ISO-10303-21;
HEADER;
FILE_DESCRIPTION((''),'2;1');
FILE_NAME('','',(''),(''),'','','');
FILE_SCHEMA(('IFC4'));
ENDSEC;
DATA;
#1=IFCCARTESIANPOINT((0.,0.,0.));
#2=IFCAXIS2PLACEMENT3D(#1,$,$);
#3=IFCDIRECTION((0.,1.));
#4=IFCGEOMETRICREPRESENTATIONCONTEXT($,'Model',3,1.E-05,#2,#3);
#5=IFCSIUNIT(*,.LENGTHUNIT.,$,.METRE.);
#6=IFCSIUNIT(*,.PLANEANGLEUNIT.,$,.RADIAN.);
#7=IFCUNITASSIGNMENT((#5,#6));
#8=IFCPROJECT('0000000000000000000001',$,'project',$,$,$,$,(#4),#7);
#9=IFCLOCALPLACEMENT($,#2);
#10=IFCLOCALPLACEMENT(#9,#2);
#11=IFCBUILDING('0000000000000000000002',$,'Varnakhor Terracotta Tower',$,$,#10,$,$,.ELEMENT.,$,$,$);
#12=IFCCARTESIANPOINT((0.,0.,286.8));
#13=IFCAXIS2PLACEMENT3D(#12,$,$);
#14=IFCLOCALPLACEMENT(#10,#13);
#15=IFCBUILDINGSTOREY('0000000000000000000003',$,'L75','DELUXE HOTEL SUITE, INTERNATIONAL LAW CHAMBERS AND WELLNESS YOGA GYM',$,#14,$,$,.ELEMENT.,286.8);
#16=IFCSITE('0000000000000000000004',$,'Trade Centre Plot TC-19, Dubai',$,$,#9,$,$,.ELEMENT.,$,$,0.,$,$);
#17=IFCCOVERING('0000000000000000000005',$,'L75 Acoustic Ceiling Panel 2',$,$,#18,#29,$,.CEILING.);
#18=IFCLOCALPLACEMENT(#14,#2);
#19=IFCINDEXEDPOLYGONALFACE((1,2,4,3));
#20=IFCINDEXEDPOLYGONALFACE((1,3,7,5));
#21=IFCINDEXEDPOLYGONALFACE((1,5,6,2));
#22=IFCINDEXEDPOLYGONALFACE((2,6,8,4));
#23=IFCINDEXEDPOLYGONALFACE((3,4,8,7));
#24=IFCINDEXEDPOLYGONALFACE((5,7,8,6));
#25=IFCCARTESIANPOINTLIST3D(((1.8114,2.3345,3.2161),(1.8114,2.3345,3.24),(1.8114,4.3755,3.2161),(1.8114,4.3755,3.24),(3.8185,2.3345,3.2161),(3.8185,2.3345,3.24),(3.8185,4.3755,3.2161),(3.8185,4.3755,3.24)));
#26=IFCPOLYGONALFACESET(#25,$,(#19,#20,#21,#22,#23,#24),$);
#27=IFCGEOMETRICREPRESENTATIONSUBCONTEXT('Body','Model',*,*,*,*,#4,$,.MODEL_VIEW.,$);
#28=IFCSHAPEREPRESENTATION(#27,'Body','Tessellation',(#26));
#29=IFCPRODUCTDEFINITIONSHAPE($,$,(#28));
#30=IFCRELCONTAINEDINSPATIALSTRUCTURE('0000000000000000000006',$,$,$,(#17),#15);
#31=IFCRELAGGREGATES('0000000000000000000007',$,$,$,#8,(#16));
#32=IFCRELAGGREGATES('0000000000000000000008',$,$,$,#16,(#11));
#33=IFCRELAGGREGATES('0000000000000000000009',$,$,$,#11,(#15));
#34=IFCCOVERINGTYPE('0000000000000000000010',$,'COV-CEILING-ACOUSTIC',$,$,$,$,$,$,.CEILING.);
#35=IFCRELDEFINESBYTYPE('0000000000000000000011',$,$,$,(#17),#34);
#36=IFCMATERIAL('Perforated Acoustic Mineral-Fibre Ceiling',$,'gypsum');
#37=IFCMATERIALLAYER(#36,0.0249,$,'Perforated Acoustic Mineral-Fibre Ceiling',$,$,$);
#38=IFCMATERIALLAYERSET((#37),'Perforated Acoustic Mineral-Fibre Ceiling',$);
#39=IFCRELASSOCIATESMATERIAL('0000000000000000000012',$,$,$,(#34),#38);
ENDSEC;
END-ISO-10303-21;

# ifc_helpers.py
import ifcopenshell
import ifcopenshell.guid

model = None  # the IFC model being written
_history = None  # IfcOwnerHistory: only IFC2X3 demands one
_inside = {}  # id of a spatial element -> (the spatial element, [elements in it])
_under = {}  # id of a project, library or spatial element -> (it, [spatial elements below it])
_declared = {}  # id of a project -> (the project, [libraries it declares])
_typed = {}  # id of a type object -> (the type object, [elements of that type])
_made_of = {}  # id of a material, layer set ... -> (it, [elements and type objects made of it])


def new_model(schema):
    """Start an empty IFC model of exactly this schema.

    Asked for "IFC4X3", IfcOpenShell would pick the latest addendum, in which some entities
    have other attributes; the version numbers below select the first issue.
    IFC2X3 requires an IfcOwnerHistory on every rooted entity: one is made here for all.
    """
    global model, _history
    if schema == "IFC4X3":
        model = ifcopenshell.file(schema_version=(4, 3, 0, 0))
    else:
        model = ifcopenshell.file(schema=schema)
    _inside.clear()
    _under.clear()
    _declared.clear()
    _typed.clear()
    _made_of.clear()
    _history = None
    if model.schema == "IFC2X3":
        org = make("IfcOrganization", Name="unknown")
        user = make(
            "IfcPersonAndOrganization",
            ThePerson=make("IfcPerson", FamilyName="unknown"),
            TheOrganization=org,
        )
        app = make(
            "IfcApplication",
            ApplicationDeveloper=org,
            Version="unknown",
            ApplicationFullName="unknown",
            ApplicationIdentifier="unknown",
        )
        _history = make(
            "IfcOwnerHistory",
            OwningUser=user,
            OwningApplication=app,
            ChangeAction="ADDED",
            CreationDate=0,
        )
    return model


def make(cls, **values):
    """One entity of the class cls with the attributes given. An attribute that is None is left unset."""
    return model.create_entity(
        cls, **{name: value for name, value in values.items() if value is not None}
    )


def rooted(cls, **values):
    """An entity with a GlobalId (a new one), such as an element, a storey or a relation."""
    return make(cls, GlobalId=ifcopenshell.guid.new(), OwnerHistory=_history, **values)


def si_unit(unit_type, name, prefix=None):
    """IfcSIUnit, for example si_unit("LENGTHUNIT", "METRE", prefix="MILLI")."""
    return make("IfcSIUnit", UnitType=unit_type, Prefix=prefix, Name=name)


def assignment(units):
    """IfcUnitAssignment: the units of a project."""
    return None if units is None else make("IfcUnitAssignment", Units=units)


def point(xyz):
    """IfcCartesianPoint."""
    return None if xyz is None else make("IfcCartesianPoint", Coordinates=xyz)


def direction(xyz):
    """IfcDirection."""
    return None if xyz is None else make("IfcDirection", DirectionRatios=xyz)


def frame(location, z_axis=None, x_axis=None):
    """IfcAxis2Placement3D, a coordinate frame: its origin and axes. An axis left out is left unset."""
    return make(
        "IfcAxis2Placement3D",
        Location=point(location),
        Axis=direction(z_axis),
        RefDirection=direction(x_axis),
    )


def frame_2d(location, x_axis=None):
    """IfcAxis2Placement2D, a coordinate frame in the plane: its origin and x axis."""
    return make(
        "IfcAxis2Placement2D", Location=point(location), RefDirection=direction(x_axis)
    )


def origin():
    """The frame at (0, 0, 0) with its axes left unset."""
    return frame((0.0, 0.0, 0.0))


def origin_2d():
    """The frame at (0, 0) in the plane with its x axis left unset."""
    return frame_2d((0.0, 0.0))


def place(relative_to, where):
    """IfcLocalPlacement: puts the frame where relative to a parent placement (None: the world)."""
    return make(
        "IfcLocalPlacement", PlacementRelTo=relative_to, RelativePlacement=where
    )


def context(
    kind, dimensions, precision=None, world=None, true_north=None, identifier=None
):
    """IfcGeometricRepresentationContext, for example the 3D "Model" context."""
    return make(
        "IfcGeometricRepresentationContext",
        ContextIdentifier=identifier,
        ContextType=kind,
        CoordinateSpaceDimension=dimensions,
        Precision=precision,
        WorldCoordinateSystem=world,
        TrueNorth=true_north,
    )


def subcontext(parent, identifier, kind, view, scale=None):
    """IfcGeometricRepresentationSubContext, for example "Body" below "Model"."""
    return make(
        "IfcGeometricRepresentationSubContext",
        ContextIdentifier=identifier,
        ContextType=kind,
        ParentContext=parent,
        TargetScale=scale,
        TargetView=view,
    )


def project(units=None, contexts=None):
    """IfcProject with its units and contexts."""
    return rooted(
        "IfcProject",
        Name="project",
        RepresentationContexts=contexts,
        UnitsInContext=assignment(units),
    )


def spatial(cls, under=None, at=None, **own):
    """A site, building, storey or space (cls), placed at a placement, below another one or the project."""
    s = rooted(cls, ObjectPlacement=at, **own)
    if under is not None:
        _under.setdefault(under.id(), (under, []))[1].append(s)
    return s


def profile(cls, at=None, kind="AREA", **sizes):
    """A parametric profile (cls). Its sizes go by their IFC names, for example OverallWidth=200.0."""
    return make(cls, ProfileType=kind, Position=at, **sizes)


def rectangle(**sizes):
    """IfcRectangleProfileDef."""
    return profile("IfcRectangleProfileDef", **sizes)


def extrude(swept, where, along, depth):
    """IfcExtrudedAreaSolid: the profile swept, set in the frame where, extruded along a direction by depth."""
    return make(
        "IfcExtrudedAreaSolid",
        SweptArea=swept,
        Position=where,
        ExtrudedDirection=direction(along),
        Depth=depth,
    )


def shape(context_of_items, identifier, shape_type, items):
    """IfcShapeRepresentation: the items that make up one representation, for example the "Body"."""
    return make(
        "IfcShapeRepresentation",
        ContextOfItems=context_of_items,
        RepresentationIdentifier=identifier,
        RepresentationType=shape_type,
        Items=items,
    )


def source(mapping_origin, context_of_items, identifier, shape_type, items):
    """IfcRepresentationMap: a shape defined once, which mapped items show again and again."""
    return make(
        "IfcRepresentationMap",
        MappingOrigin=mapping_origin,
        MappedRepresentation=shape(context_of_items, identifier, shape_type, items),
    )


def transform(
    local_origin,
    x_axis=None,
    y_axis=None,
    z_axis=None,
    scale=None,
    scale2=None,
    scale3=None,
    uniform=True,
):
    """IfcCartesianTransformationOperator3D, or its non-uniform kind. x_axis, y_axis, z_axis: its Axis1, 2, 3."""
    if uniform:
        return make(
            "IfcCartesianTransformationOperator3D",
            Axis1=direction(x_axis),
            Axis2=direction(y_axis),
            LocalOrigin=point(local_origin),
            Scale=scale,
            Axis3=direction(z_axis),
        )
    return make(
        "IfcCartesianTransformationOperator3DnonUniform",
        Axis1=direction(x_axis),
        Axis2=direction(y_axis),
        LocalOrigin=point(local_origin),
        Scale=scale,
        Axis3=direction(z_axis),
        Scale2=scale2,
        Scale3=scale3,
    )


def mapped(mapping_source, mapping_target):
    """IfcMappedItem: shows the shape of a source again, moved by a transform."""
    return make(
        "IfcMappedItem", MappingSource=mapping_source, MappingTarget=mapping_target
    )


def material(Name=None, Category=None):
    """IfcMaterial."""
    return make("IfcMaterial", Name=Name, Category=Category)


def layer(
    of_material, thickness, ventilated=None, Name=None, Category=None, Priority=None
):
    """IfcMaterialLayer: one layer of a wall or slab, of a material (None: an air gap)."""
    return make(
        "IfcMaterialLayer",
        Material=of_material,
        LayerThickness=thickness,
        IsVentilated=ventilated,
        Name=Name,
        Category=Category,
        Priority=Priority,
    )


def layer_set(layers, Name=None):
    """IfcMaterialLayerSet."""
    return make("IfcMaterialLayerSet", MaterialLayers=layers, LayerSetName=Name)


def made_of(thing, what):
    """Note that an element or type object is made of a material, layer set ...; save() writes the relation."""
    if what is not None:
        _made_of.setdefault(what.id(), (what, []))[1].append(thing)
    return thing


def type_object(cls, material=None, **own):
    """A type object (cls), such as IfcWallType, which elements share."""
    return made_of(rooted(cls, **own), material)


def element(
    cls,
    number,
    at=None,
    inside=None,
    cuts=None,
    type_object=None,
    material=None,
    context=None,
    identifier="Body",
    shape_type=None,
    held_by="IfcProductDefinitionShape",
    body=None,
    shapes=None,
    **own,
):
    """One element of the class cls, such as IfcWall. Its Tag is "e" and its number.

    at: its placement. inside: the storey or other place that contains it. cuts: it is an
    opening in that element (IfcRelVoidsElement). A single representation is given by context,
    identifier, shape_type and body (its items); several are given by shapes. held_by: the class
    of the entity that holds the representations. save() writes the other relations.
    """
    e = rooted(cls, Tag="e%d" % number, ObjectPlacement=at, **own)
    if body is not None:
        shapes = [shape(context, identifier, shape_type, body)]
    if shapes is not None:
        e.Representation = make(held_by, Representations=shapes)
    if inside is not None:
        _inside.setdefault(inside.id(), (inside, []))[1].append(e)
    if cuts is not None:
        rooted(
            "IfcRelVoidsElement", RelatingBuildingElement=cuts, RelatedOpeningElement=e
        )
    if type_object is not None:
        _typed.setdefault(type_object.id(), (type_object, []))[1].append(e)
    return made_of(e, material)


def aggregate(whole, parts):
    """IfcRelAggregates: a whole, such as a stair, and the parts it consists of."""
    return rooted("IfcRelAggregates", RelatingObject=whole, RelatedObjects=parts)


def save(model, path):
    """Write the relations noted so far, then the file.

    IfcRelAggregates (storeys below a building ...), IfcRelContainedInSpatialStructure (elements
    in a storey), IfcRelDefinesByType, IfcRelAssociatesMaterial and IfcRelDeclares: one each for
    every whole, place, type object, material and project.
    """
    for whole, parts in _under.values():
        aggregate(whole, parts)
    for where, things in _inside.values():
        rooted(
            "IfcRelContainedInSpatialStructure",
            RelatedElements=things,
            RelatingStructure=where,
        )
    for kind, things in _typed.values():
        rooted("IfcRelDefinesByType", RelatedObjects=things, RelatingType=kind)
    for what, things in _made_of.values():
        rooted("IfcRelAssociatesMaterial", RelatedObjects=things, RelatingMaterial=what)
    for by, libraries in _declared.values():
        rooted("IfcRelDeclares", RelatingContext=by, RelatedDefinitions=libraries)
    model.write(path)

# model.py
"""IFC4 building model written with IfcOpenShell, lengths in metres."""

from ifc_helpers import new_model, si_unit, direction, frame, origin, origin_2d, place, context, subcontext, project, spatial, rectangle, extrude, source, transform, mapped, material, layer, layer_set, type_object, element, save


model = new_model("IFC4")

# Units and contexts
model_context = context("Model", 3, precision=1e-05, world=origin(), true_north=direction((0.0, 1.0)))
body_context = subcontext(model_context, "Body", "Model", "MODEL_VIEW")
ifc_project = project(units=[si_unit("LENGTHUNIT", "METRE"), si_unit("PLANEANGLEUNIT", "RADIAN")], contexts=[model_context])

# Site, building, storey
site_placement = place(None, origin())
site = spatial("IfcSite", under=ifc_project, at=site_placement, Name="Trade Centre Plot TC-19, Dubai", CompositionType="ELEMENT", RefElevation=0.0)
building_placement = place(site_placement, origin())
building = spatial("IfcBuilding", under=site, at=building_placement, Name="Varnakhor Terracotta Tower", CompositionType="ELEMENT")
storey_placement = place(building_placement, frame((0.0, 0.0, 286.8)))
storey = spatial("IfcBuildingStorey", under=building, at=storey_placement, Name="L75", Description="DELUXE HOTEL SUITE, INTERNATIONAL LAW CHAMBERS AND WELLNESS YOGA GYM", CompositionType="ELEMENT", Elevation=286.8)

# Covering
ifc_material_1 = material(Name="Perforated Acoustic Mineral-Fibre Ceiling", Category="gypsum")
ifc_layer_1 = layer(ifc_material_1, 0.0249, Name="Perforated Acoustic Mineral-Fibre Ceiling")
ifc_layer_set_1 = layer_set([ifc_layer_1], Name="Perforated Acoustic Mineral-Fibre Ceiling")
covering_type_1 = type_object("IfcCoveringType", Name="COV-CEILING-ACOUSTIC", PredefinedType="CEILING", material=ifc_layer_set_1)
shared_shape_1 = source(origin(), body_context, "Body", "SweptSolid", [
    extrude(rectangle(XDim=2.0071, YDim=2.041, at=origin_2d()), origin(), (0.0, 0.0, 1.0), 0.0239),
])
covering_1_placement = place(storey_placement, frame((2.8149, 3.355, 3.2161), z_axis=(0.0, 0.0, 1.0), x_axis=(1.0, 0.0, 0.0)))
element("IfcCovering", 1, at=covering_1_placement, inside=storey, type_object=covering_type_1, Name="L75 Acoustic Ceiling Panel 2", PredefinedType="CEILING", context=body_context, shape_type="MappedRepresentation", body=[
    mapped(shared_shape_1, transform((0.0, 0.0, 0.0), scale=1.0)),
])

save(model, "model.ifc")
